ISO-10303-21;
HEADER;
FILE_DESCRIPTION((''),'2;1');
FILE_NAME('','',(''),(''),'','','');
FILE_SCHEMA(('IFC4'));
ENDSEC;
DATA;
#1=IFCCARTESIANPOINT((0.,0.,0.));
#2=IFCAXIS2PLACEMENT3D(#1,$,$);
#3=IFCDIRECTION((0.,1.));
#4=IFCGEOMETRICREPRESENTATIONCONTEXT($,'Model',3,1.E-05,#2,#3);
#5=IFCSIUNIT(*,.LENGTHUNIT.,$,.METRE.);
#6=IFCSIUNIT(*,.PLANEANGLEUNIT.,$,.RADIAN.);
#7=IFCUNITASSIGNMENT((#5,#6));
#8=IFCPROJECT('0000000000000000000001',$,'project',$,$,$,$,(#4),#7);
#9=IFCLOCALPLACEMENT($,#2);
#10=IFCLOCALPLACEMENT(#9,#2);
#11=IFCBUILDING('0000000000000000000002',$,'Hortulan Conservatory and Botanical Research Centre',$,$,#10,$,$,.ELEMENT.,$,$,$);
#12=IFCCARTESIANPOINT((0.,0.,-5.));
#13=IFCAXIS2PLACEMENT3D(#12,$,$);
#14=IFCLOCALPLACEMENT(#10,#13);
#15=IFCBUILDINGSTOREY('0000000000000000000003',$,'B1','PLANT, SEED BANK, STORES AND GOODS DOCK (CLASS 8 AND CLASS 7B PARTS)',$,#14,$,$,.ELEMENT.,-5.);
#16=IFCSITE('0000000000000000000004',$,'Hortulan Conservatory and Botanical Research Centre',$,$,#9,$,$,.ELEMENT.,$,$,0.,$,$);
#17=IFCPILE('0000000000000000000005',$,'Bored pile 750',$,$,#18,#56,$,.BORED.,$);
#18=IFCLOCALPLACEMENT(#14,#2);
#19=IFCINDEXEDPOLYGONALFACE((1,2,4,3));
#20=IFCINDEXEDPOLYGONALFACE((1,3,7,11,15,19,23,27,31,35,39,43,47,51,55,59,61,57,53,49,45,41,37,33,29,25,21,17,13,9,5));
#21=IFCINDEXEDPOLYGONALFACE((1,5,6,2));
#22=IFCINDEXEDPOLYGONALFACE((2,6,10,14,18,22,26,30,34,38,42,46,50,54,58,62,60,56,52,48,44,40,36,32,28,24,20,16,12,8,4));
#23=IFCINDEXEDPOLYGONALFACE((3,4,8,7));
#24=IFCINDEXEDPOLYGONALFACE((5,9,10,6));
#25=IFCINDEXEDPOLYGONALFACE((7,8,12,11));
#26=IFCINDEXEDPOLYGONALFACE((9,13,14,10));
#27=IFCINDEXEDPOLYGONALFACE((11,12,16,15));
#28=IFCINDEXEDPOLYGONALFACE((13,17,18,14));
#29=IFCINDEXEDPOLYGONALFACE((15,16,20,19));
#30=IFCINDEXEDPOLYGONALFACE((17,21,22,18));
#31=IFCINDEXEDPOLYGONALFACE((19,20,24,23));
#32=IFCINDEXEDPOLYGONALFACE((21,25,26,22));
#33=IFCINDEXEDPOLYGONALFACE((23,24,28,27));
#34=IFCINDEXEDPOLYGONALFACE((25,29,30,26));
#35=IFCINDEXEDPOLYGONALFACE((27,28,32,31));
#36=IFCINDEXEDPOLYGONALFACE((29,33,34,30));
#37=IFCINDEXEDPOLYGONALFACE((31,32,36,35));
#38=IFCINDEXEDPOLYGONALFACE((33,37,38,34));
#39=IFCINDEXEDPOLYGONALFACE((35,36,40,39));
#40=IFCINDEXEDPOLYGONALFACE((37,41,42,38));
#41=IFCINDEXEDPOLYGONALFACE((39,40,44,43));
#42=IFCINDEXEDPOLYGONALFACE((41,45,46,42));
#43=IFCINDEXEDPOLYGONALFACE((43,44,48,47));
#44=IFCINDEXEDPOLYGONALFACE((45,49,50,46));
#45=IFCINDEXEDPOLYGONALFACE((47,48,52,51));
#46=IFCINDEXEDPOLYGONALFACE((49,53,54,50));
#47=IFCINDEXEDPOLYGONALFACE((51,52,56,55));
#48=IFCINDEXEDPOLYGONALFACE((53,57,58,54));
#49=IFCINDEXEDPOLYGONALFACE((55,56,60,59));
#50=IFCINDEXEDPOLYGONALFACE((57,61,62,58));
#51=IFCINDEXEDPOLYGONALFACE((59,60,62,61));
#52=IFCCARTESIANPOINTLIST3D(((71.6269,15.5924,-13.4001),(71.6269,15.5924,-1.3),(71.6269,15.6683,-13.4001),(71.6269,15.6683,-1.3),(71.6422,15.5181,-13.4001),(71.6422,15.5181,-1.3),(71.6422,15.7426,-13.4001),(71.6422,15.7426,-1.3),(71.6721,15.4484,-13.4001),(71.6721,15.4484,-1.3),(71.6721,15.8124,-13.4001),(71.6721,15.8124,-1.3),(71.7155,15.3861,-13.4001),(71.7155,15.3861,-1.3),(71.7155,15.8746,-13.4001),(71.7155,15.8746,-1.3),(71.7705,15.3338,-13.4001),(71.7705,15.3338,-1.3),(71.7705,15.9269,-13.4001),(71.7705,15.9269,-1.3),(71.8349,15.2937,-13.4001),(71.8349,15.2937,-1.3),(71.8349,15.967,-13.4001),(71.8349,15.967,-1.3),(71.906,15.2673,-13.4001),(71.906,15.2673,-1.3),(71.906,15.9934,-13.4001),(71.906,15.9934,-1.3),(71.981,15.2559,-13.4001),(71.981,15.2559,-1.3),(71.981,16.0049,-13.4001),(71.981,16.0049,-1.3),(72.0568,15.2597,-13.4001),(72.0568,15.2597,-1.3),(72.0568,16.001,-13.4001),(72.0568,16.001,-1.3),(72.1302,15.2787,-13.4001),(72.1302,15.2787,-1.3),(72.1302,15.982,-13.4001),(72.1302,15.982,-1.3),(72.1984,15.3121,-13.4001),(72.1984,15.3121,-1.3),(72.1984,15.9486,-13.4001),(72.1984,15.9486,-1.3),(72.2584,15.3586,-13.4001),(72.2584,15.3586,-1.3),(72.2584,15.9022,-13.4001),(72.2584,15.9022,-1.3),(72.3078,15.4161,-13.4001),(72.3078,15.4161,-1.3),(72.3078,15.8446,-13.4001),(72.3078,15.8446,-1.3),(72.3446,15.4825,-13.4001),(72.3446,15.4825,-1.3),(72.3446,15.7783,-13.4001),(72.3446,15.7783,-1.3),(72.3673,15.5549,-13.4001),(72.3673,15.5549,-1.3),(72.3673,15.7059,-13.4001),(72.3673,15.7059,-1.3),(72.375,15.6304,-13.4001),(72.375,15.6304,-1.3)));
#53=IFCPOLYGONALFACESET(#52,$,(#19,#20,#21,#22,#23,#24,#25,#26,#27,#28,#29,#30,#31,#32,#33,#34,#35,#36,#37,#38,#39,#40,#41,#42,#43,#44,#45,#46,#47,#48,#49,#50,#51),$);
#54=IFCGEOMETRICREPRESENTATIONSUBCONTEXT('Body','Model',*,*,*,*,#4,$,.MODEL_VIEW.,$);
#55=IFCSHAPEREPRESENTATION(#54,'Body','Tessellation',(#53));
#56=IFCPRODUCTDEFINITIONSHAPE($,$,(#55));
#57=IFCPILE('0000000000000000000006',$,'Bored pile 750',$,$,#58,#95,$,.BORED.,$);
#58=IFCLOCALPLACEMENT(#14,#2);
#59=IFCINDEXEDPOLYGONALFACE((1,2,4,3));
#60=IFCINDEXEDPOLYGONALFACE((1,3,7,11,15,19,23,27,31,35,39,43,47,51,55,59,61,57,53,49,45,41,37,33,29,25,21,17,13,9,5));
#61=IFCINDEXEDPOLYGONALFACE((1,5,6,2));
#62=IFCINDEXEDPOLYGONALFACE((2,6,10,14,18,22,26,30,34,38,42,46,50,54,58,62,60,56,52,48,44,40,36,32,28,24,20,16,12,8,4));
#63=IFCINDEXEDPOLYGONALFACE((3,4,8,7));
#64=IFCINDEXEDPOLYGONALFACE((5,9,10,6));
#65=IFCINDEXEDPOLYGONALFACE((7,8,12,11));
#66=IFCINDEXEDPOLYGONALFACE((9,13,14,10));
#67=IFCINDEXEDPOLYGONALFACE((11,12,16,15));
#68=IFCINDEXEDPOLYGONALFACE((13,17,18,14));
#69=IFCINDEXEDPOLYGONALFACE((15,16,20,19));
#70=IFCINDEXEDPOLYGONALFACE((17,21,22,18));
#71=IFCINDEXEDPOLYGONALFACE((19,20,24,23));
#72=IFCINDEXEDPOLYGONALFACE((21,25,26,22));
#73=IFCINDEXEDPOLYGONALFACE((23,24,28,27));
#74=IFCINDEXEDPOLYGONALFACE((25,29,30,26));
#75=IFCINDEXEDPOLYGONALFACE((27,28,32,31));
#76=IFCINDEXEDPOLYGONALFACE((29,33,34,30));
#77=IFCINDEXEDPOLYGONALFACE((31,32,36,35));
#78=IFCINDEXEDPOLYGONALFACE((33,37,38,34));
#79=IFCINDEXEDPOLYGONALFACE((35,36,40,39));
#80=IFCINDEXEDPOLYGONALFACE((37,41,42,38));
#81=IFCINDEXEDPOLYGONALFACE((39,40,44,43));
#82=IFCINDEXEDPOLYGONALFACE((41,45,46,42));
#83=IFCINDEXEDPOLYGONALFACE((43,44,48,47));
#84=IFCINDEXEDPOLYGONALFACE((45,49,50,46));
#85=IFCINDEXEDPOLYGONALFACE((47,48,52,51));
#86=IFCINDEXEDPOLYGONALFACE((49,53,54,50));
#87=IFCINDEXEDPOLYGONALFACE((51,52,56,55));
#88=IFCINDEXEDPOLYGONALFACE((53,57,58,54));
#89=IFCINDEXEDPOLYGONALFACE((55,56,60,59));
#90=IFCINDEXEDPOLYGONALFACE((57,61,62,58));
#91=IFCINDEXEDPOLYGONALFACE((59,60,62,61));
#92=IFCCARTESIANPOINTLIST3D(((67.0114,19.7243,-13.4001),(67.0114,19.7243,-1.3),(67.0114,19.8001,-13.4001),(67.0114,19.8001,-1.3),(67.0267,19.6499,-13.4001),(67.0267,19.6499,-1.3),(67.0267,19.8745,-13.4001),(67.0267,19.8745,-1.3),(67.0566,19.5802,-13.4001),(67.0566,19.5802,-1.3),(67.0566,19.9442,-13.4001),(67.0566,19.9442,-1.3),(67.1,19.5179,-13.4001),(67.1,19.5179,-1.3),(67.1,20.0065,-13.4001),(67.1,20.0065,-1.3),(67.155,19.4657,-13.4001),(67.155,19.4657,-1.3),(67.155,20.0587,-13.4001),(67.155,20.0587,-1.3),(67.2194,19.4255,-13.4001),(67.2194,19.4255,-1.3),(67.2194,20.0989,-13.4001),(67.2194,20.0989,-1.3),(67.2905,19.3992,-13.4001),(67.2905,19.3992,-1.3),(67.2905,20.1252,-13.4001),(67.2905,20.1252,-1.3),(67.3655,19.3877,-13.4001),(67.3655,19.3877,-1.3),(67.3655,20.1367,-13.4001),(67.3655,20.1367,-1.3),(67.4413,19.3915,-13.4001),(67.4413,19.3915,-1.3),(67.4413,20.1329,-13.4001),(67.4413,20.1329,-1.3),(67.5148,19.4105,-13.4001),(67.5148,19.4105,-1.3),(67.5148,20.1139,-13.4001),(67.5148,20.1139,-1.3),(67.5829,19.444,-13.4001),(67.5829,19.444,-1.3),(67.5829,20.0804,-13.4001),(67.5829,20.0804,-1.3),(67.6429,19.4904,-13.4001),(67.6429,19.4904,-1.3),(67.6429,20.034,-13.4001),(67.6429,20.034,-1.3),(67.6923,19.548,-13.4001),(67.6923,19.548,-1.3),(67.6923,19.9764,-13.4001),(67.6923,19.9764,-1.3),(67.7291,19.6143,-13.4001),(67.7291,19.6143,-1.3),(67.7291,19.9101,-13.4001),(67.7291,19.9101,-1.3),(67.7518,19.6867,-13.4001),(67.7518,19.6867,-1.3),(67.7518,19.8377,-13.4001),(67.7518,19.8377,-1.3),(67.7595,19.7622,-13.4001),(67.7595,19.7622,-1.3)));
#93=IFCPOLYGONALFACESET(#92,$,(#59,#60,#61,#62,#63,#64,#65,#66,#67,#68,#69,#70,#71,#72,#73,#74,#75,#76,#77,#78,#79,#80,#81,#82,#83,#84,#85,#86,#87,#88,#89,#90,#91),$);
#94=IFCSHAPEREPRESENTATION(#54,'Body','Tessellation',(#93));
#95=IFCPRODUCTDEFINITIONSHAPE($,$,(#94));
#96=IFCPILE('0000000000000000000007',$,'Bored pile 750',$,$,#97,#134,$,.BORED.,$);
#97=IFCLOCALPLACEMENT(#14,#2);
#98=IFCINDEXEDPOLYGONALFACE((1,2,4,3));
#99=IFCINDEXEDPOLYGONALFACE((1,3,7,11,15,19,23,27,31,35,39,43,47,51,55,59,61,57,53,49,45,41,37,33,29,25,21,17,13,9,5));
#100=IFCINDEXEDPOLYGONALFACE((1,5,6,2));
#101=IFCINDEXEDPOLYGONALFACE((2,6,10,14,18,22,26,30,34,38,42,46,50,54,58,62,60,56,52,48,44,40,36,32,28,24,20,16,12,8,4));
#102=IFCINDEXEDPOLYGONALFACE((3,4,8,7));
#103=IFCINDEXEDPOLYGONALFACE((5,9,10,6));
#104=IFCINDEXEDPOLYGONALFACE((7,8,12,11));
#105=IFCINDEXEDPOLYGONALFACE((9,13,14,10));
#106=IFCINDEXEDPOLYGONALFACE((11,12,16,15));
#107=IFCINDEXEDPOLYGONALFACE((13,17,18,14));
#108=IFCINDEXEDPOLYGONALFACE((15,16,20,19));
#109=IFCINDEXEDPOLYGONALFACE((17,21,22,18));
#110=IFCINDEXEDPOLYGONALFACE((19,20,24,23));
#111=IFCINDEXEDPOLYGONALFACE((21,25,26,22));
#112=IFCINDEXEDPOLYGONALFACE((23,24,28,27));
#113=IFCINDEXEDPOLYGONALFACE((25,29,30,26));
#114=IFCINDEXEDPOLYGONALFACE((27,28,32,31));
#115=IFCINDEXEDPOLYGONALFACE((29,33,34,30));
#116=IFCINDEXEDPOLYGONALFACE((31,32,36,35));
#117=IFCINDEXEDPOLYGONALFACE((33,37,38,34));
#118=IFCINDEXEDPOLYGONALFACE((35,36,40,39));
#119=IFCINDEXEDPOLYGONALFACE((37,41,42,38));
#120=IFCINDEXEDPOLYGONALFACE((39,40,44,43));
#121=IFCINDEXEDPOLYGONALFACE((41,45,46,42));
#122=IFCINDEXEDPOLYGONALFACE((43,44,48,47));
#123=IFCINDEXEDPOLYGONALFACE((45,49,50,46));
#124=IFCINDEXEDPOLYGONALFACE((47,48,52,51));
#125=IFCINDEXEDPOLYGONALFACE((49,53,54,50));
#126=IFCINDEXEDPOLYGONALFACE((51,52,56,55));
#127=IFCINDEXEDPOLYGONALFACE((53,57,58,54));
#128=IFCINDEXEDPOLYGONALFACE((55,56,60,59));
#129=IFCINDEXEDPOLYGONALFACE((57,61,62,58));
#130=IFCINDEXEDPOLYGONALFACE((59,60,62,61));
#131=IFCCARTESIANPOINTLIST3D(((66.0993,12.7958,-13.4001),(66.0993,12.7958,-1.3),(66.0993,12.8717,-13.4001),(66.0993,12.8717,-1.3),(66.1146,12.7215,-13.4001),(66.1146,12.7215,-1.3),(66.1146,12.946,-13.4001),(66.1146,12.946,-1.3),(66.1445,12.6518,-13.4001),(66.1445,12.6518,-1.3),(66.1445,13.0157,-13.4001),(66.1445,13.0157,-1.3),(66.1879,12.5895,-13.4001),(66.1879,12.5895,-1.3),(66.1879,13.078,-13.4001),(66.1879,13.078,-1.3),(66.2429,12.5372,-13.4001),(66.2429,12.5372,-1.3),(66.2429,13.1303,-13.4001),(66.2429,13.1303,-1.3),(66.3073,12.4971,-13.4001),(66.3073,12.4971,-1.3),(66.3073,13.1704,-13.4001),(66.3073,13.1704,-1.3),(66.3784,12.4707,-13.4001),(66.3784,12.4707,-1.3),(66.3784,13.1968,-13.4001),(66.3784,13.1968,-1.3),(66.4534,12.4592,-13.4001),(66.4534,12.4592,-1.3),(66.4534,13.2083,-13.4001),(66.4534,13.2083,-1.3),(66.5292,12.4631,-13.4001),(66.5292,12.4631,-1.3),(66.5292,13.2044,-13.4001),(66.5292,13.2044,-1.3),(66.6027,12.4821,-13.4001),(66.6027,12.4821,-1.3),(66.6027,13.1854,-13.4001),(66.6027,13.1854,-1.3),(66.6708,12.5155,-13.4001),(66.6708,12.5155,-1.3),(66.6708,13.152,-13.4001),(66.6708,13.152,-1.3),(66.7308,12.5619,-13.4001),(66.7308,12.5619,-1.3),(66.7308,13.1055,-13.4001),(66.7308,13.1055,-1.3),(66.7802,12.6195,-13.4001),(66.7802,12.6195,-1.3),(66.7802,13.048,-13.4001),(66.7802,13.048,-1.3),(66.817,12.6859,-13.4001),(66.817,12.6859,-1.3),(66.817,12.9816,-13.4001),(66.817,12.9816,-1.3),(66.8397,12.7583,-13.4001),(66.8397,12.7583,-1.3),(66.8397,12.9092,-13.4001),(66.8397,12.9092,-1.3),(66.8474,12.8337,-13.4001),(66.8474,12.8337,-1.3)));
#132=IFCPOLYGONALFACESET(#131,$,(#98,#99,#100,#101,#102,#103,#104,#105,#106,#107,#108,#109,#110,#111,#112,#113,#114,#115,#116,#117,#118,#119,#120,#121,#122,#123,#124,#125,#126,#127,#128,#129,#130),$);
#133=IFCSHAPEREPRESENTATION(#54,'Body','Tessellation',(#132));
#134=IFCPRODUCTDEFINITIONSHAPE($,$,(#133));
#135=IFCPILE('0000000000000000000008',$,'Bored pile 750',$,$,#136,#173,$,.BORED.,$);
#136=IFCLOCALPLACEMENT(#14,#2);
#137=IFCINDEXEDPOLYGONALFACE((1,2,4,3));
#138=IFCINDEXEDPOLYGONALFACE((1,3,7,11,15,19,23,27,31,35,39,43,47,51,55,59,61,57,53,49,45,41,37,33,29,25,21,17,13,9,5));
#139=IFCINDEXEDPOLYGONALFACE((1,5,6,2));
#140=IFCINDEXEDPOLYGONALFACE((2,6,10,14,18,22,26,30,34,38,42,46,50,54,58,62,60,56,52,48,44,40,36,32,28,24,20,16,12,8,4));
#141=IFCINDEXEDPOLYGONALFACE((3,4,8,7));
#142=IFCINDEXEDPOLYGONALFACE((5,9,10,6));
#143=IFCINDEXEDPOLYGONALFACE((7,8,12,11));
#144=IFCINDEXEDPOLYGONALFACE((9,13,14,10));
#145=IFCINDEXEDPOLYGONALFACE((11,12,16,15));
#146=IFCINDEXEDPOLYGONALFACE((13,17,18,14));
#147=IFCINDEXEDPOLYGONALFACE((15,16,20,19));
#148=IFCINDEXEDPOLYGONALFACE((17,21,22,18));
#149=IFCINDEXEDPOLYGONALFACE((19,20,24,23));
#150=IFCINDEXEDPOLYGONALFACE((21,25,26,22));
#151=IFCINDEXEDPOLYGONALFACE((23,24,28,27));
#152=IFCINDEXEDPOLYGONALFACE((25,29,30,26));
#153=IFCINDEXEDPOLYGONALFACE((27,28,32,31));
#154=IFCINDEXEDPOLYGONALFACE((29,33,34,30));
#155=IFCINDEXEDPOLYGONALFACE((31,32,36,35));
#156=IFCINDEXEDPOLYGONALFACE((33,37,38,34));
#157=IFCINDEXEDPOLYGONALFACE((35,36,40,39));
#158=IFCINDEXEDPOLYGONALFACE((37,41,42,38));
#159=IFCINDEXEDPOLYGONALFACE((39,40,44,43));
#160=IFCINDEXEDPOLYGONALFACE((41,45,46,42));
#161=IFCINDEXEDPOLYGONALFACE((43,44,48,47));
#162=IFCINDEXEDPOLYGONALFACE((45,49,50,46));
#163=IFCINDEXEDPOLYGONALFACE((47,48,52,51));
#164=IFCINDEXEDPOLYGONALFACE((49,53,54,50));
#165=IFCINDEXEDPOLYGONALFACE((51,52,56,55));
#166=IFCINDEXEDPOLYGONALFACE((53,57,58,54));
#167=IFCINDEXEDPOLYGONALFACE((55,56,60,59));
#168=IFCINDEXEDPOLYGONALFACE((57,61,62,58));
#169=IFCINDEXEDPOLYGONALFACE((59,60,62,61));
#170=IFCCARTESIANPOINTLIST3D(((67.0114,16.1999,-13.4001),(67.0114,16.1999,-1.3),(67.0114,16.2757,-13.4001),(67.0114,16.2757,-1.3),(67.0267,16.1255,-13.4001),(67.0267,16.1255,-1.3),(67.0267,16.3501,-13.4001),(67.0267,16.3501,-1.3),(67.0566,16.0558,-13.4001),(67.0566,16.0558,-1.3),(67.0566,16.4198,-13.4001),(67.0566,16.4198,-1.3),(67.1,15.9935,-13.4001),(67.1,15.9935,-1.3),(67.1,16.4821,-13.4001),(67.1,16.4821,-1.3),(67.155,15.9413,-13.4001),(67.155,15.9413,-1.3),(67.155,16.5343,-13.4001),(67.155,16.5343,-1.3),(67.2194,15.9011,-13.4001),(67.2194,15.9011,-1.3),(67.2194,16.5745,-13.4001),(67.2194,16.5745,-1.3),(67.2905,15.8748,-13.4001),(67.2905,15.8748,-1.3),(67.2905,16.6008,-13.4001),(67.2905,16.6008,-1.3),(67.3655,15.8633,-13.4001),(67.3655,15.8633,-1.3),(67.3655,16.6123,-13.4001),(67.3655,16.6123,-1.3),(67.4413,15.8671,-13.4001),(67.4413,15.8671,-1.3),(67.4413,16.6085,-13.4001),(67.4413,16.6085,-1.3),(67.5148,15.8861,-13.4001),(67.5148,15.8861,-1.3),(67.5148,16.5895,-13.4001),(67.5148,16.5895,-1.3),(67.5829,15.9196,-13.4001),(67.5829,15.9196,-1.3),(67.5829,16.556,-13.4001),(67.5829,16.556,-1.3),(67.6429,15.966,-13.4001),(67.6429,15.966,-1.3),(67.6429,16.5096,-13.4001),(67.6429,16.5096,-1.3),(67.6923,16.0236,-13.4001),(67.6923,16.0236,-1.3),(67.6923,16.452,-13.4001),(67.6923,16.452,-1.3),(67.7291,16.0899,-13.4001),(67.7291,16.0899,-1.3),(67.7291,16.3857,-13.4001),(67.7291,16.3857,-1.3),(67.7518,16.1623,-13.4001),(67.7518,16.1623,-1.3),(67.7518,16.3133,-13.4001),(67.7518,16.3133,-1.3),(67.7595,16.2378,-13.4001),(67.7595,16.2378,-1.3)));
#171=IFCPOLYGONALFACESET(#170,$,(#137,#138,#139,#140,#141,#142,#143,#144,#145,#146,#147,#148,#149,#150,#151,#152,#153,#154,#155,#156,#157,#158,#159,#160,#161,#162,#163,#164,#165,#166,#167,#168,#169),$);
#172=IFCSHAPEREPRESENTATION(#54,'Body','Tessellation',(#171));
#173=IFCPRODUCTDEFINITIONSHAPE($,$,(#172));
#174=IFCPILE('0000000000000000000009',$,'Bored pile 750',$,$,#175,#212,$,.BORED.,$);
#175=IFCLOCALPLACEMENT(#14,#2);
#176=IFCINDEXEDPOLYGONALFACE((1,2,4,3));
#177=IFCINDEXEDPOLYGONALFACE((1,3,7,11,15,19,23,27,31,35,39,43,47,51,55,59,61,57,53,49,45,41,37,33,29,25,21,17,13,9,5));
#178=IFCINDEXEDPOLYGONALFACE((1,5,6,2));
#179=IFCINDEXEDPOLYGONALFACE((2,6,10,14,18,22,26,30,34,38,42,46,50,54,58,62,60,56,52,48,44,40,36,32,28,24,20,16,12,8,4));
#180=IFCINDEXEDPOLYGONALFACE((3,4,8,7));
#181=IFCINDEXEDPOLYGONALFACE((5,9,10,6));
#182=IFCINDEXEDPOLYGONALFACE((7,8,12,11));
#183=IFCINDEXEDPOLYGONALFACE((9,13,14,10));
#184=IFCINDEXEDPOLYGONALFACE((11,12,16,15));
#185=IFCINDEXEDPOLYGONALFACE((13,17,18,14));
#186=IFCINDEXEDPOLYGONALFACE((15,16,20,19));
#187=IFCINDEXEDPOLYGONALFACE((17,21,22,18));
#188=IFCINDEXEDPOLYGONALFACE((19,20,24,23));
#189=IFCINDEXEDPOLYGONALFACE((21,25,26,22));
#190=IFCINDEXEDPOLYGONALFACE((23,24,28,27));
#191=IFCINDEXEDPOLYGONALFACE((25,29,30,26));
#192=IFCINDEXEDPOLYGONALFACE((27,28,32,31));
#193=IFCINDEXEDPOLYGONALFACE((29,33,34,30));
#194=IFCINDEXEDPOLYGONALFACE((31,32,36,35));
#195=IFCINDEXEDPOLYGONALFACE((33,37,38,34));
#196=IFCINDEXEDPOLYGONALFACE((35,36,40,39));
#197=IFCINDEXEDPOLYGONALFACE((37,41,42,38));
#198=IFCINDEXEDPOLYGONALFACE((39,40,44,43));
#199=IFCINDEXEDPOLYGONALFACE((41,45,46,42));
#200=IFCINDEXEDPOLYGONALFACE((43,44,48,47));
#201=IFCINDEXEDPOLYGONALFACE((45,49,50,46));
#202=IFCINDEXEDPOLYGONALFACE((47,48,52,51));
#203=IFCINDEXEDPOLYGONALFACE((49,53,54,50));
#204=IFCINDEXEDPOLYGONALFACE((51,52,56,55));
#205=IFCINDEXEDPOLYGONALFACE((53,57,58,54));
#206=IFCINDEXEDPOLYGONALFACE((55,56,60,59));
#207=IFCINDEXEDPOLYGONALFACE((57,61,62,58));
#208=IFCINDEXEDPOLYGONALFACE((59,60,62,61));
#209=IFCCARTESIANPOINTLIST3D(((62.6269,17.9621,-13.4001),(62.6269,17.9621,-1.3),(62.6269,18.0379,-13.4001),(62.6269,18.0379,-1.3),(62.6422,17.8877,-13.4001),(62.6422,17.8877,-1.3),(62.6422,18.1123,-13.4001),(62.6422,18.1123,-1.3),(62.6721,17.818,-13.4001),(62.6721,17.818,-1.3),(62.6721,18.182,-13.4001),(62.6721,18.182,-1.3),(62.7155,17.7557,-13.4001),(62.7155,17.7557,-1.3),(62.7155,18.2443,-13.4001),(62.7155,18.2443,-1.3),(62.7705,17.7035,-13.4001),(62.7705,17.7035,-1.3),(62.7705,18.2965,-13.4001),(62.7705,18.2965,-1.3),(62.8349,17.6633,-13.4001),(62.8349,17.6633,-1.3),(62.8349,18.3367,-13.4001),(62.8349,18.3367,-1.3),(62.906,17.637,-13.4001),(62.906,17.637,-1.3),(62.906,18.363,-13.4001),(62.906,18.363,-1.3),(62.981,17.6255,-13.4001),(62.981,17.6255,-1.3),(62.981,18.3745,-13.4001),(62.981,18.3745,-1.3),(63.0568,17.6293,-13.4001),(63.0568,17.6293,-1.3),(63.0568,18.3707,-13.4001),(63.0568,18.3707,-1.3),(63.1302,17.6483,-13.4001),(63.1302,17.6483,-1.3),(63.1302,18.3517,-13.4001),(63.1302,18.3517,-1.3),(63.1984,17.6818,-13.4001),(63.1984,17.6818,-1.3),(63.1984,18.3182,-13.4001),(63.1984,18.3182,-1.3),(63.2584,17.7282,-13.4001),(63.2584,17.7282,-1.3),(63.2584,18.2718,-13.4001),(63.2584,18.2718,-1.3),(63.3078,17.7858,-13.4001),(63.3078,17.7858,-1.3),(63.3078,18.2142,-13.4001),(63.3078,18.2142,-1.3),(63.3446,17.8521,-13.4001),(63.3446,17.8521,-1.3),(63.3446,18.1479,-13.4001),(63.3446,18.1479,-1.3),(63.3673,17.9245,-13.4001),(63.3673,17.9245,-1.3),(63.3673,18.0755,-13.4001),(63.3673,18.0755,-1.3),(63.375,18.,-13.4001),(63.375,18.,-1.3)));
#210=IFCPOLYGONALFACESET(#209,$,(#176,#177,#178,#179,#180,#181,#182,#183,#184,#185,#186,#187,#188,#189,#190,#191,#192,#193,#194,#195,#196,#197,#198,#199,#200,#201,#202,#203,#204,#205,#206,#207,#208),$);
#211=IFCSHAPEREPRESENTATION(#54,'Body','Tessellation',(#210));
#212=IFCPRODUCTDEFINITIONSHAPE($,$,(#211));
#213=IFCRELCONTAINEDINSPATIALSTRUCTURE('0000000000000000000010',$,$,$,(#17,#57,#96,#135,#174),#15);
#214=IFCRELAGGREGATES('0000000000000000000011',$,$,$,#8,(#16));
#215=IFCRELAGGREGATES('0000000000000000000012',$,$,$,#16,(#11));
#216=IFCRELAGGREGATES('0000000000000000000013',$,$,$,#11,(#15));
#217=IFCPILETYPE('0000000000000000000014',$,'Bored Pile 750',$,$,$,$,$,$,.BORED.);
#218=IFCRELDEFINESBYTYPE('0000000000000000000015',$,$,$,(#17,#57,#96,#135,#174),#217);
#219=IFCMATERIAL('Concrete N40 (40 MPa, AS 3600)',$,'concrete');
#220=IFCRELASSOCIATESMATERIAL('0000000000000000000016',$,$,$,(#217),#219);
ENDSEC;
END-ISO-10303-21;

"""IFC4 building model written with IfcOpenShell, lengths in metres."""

from ifc_helpers import new_model, si_unit, direction, frame, origin, origin_2d, place, context, subcontext, project, spatial, circle, extrude, material, material_profile, profile_set, type_object, element, save


model = new_model("IFC4")

# Units and contexts
model_context = context("Model", 3, precision=1e-05, world=origin(), true_north=direction((0.0, 1.0)))
body_context = subcontext(model_context, "Body", "Model", "MODEL_VIEW")
ifc_project = project(units=[si_unit("LENGTHUNIT", "METRE"), si_unit("PLANEANGLEUNIT", "RADIAN")], contexts=[model_context])

# Site, building, storey
site_placement = place(None, origin())
site = spatial("IfcSite", under=ifc_project, at=site_placement, Name="Hortulan Conservatory and Botanical Research Centre", CompositionType="ELEMENT", RefElevation=0.0)
building_placement = place(site_placement, origin())
building = spatial("IfcBuilding", under=site, at=building_placement, Name="Hortulan Conservatory and Botanical Research Centre", CompositionType="ELEMENT")
storey_placement = place(building_placement, frame((0.0, 0.0, -5.0)))
storey = spatial("IfcBuildingStorey", under=building, at=storey_placement, Name="B1", Description="PLANT, SEED BANK, STORES AND GOODS DOCK (CLASS 8 AND CLASS 7B PARTS)", CompositionType="ELEMENT", Elevation=-5.0)

# Piles
ifc_material_1 = material(Name="Concrete N40 (40 MPa, AS 3600)", Category="concrete")
ifc_material_profile_1 = material_profile(ifc_material_1, circle(Radius=0.375, at=origin_2d()), Name="Bored pile 750 diameter")
ifc_profile_set_1 = profile_set([ifc_material_profile_1], Name="Concrete N40 (40 MPa, AS 3600)")
pile_type = type_object("IfcPileType", Name="Bored Pile 750", PredefinedType="BORED", material=ifc_profile_set_1)
for number, where, z_axis, x_axis, name in (
    (1, (72.0, 15.6304, -1.3), (0.0, 0.0, -1.0), (1.0, 0.0, 0.0), "Bored pile 750"),
    (2, (67.3845, 19.7622, -1.3), (0.0, 0.0, -1.0), (1.0, 0.0, 0.0), "Bored pile 750"),
    (3, (66.4724, 12.8337, -1.3), (0.0, 0.0, -1.0), (1.0, 0.0, 0.0), "Bored pile 750"),
    (4, (67.3845, 16.2378, -1.3), (0.0, 0.0, -1.0), (1.0, 0.0, 0.0), "Bored pile 750"),
    (5, (63.0, 18.0, -1.3), (0.0, 0.0, -1.0), (1.0, 0.0, 0.0), "Bored pile 750"),
):
    element("IfcPile", number, at=place(storey_placement, frame(where, z_axis=z_axis, x_axis=x_axis)), inside=storey, type_object=pile_type, Name=name, PredefinedType="BORED", context=body_context, shape_type="SweptSolid", body=[
        extrude(circle(Radius=0.375, at=origin_2d()), origin(), (0.0, 0.0, 1.0), 12.1001),
    ])

save(model, "model.ifc")
